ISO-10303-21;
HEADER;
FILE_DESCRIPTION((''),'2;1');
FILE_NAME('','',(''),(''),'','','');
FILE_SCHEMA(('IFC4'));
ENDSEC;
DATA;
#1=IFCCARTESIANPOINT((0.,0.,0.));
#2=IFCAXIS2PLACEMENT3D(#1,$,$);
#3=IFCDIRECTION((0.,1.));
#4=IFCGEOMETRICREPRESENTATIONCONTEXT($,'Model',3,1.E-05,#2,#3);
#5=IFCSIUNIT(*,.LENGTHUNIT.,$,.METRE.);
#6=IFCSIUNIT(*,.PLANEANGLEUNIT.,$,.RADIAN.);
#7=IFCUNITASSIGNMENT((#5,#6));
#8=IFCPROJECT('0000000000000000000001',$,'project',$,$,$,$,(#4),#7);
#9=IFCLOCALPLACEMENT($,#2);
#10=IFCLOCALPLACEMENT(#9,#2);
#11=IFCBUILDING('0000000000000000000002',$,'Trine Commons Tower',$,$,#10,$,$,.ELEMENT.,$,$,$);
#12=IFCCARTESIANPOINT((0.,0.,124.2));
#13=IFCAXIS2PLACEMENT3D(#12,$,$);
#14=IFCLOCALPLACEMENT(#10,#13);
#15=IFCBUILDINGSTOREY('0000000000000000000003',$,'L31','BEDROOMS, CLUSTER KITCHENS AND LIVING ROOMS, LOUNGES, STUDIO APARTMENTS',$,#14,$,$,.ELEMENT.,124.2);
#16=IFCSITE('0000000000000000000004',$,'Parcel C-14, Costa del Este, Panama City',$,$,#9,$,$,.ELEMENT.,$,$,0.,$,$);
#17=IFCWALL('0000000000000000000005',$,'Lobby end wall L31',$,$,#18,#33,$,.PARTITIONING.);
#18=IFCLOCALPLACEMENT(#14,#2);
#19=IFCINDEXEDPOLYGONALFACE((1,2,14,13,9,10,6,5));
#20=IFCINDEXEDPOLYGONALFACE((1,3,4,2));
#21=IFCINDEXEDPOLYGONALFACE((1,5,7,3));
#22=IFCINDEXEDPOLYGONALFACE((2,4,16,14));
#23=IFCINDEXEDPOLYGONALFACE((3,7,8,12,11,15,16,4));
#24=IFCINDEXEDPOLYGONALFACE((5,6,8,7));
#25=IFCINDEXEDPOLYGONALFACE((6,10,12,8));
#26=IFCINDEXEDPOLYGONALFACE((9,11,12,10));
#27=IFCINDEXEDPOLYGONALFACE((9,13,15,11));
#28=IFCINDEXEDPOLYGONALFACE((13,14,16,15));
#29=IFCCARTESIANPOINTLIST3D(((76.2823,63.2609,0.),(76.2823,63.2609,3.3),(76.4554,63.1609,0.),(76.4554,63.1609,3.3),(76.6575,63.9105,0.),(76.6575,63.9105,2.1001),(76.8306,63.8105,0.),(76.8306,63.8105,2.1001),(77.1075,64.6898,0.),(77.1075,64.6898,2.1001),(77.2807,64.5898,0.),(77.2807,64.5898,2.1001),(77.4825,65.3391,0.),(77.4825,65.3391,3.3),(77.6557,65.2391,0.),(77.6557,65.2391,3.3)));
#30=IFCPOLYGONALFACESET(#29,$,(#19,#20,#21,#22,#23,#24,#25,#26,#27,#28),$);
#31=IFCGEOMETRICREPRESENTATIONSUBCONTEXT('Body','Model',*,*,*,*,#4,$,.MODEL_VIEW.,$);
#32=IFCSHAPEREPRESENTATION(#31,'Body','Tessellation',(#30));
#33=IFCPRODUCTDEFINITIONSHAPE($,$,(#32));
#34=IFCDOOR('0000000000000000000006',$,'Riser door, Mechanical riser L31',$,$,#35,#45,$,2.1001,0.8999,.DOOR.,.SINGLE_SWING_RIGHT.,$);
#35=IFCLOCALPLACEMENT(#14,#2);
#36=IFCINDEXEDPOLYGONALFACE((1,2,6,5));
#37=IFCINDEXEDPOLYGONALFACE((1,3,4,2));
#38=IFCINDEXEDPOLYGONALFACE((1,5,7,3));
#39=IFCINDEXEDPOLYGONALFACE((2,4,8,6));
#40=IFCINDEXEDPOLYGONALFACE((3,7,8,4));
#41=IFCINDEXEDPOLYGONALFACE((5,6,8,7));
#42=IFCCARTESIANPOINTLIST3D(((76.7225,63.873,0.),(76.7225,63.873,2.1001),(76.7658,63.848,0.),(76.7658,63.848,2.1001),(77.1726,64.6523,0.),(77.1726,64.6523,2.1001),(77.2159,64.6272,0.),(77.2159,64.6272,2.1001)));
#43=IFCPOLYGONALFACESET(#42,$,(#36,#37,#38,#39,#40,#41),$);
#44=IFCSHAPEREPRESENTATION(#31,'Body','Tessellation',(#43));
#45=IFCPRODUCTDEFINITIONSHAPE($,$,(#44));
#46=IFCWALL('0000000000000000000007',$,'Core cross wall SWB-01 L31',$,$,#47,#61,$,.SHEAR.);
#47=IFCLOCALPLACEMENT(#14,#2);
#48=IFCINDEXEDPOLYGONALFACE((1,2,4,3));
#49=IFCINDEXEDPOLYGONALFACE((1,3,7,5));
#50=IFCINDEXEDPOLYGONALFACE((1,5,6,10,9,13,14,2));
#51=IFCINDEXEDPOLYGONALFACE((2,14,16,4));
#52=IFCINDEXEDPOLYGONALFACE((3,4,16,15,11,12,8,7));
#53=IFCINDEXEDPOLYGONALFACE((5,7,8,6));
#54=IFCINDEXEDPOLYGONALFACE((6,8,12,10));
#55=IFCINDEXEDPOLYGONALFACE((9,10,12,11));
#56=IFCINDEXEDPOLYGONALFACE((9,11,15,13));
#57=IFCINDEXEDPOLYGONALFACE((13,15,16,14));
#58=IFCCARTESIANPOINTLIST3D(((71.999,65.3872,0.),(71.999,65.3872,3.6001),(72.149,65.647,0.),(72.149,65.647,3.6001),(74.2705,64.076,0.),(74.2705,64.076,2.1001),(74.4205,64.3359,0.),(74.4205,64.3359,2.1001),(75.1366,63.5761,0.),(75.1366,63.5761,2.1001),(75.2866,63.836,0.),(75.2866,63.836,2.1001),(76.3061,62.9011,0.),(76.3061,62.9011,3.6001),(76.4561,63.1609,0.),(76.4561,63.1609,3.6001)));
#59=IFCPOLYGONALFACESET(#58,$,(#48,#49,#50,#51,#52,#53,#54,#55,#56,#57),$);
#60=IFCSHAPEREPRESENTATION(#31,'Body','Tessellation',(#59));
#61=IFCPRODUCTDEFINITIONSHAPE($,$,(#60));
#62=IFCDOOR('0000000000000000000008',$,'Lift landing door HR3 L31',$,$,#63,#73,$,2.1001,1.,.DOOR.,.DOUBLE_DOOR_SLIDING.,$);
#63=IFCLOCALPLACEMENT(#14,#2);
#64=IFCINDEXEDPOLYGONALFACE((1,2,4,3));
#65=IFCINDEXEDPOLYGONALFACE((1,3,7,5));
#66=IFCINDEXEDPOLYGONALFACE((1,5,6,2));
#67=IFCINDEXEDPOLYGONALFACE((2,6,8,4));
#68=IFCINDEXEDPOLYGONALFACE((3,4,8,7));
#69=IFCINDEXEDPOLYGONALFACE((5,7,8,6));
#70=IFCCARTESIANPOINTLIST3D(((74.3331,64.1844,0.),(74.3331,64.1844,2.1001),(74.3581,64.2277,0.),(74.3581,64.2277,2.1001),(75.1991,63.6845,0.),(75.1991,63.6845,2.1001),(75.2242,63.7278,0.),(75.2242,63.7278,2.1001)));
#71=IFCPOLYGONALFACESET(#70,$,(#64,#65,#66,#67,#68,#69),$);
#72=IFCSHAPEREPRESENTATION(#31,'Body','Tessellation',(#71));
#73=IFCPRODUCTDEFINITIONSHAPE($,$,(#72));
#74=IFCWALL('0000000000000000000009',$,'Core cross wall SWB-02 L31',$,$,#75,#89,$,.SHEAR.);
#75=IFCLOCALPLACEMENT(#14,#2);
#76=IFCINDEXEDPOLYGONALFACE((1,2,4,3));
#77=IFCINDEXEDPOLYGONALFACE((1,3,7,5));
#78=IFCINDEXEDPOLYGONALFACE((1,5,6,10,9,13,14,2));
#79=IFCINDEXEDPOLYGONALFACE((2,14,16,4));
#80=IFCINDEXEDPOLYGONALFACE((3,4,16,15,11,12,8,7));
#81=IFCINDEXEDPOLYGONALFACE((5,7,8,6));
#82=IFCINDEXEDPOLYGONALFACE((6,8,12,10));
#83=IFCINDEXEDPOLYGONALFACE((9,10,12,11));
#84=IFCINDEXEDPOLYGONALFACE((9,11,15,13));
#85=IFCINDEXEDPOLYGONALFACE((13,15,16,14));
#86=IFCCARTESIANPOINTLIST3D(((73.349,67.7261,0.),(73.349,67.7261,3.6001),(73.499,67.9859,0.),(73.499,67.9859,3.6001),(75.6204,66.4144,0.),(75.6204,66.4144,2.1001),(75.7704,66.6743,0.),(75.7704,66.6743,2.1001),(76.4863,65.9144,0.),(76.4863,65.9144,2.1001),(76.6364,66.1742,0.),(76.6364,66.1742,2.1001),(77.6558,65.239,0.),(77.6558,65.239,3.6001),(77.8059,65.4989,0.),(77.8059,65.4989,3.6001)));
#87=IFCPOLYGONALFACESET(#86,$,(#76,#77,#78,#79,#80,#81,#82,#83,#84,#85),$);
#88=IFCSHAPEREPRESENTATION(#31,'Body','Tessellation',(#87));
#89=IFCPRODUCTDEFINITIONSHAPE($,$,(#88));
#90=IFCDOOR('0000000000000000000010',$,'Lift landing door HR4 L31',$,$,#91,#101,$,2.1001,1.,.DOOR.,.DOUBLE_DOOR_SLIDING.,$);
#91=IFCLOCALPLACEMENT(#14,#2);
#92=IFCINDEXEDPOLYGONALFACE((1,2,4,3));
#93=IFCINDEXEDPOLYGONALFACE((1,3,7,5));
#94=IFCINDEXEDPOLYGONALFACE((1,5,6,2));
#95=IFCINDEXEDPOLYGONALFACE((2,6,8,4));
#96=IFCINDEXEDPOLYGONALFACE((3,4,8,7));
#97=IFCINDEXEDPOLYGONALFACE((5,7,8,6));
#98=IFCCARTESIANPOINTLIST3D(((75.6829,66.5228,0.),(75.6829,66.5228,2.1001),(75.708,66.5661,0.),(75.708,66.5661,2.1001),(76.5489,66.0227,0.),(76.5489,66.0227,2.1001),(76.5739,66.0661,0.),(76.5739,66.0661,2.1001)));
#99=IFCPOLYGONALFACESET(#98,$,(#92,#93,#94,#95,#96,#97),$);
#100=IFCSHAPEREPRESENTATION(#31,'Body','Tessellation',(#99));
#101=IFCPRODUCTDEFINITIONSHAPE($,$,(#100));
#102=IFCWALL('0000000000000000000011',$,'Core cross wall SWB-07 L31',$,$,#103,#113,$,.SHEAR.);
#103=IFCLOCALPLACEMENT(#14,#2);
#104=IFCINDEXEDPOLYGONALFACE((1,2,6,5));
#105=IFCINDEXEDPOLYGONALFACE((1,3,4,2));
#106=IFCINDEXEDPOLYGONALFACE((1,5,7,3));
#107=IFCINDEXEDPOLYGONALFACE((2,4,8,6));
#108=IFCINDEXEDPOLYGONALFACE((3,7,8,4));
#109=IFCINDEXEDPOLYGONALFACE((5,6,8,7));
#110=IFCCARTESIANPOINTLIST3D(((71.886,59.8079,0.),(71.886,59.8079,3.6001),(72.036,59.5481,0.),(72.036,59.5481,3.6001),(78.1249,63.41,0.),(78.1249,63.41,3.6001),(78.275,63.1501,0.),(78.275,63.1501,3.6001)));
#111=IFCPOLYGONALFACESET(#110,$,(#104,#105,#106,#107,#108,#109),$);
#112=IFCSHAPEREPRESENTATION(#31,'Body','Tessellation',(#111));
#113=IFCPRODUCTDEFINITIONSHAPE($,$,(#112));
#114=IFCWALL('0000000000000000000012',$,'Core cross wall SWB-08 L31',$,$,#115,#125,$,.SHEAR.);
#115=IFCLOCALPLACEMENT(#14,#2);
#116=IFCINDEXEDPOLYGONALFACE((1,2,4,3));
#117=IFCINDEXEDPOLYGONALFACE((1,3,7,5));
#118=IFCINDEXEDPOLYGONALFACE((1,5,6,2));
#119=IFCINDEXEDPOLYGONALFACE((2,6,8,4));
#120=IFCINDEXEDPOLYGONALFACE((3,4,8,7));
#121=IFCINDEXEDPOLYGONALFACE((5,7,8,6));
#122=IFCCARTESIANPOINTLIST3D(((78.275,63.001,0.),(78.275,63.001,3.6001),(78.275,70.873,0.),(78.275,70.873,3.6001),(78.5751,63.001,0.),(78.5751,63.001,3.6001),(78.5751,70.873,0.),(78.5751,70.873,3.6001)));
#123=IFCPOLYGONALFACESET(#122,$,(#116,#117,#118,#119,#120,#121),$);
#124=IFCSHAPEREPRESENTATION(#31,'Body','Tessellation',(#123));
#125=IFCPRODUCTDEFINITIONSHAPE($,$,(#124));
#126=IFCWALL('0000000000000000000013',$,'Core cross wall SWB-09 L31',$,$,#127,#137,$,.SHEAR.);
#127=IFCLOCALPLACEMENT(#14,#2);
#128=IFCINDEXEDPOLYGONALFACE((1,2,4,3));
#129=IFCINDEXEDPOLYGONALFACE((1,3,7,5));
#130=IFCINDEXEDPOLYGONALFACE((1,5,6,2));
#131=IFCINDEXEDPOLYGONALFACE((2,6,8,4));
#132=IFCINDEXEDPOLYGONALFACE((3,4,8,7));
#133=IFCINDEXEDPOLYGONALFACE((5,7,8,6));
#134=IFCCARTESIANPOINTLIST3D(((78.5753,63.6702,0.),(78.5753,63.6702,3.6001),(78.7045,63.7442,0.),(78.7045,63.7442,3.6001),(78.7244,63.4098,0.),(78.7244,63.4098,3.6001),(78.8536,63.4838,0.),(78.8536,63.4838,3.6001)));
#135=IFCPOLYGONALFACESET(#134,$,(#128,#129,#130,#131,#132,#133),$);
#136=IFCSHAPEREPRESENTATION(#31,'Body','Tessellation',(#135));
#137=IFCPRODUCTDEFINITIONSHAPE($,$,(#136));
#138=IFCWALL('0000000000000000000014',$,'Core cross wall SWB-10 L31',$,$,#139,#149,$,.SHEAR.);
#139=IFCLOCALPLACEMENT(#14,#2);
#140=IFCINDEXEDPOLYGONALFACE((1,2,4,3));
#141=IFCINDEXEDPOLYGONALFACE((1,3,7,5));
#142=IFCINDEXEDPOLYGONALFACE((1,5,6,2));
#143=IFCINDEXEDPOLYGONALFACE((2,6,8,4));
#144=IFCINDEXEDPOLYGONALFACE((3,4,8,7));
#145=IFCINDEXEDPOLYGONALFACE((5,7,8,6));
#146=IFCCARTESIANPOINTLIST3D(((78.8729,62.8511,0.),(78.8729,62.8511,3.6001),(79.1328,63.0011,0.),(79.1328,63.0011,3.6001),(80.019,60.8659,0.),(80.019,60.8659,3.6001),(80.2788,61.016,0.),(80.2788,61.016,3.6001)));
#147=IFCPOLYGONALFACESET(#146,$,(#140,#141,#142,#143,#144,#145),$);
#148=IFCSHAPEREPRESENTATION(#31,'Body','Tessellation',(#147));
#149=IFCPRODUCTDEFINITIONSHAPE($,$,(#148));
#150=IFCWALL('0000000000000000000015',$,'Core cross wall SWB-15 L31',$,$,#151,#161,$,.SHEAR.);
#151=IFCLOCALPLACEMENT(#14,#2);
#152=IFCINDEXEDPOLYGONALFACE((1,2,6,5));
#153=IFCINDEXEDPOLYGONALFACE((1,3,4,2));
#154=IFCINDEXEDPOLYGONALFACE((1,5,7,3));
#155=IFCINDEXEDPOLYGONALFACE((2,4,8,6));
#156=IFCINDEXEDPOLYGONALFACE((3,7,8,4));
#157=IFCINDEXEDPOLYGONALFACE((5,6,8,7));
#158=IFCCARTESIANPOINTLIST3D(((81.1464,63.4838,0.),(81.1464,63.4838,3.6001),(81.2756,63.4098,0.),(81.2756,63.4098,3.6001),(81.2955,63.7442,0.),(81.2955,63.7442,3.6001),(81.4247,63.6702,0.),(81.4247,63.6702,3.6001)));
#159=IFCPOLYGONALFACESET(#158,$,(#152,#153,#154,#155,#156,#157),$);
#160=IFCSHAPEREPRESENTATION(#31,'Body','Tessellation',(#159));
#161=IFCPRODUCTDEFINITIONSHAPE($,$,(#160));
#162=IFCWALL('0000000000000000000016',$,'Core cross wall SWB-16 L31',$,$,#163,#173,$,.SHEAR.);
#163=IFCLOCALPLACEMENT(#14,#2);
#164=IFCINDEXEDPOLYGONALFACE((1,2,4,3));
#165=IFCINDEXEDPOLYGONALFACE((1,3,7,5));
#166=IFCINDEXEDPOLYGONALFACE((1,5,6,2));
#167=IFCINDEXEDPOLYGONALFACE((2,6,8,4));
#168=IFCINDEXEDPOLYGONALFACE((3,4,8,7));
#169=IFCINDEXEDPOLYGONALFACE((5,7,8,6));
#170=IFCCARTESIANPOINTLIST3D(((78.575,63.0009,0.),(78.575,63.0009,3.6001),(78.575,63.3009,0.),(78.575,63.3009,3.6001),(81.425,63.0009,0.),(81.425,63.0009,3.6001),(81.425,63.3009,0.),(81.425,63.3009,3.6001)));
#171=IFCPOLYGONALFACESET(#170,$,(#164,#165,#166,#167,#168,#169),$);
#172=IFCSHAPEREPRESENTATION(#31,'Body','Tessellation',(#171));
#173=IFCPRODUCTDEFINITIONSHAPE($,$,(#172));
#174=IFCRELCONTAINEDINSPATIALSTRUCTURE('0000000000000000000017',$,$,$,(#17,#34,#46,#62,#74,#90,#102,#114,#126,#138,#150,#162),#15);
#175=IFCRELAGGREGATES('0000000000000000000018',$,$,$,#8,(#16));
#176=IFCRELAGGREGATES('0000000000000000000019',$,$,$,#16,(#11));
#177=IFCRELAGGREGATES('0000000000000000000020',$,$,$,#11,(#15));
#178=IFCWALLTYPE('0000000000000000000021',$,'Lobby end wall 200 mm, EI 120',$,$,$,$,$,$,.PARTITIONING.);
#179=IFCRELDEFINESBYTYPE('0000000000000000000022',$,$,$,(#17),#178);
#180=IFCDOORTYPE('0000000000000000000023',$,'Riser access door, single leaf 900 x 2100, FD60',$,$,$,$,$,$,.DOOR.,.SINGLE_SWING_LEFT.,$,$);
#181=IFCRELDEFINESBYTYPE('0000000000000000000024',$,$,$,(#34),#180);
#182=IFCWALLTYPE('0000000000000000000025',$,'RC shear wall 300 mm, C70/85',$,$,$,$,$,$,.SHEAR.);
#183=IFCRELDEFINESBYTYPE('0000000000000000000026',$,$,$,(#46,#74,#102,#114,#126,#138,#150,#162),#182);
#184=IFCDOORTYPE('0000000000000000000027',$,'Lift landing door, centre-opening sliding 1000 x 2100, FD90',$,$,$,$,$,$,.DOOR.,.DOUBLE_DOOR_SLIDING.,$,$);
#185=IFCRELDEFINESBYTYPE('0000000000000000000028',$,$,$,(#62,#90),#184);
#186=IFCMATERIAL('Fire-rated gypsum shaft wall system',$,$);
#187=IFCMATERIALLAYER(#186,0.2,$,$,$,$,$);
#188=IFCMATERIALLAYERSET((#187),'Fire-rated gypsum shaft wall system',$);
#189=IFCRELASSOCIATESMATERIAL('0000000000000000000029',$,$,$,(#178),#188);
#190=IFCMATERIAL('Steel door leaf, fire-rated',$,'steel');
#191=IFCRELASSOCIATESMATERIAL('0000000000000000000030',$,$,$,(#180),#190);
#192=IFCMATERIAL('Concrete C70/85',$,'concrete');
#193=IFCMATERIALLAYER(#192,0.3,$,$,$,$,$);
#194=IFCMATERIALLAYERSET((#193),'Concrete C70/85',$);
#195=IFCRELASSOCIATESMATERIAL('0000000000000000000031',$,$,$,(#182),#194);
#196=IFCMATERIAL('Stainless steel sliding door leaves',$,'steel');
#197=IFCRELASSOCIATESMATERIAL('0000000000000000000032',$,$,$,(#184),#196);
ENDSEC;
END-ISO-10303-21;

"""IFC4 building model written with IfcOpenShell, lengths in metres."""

from ifc_helpers import new_model, si_unit, direction, frame, frame_2d, origin, place, context, subcontext, project, spatial, rectangle, extrude, material, layer, layer_set, type_object, element, fill, save


model = new_model("IFC4")

# Units and contexts
model_context = context("Model", 3, precision=1e-05, world=origin(), true_north=direction((0.0, 1.0)))
body_context = subcontext(model_context, "Body", "Model", "MODEL_VIEW")
ifc_project = project(units=[si_unit("LENGTHUNIT", "METRE"), si_unit("PLANEANGLEUNIT", "RADIAN")], contexts=[model_context])

# Site, building, storey
site_placement = place(None, origin())
site = spatial("IfcSite", under=ifc_project, at=site_placement, Name="Parcel C-14, Costa del Este, Panama City", CompositionType="ELEMENT", RefElevation=0.0)
building_placement = place(site_placement, origin())
building = spatial("IfcBuilding", under=site, at=building_placement, Name="Trine Commons Tower", CompositionType="ELEMENT")
storey_placement = place(building_placement, frame((0.0, 0.0, 124.2)))
storey = spatial("IfcBuildingStorey", under=building, at=storey_placement, Name="L31", Description="BEDROOMS, CLUSTER KITCHENS AND LIVING ROOMS, LOUNGES, STUDIO APARTMENTS", CompositionType="ELEMENT", Elevation=124.2)

# Walls, openings, doors
ifc_material_1 = material(Name="Fire-rated gypsum shaft wall system")
ifc_layer_1 = layer(ifc_material_1, 0.2)
ifc_layer_set_1 = layer_set([ifc_layer_1], Name="Fire-rated gypsum shaft wall system")
wall_type_1 = type_object("IfcWallType", Name="Lobby end wall 200 mm, EI 120", PredefinedType="PARTITIONING", material=ifc_layer_set_1)
wall_1_placement = place(storey_placement, frame((77.5691, 65.2891, 0.0), z_axis=(0.0, 0.0, 1.0), x_axis=(-0.500122, -0.865955, 0.0)))
wall_1 = element("IfcWall", 1, at=wall_1_placement, inside=storey, type_object=wall_type_1, Name="Lobby end wall L31", PredefinedType="PARTITIONING", context=body_context, shape_type="SweptSolid", body=[
    extrude(rectangle(XDim=2.3999, YDim=0.2, at=frame_2d((1.2, 0.0))), origin(), (0.0, 0.0, 1.0), 3.3),
])
opening_1_placement = place(wall_1_placement, frame((0.7498, 0.0, 0.0)))
opening_1 = element("IfcOpeningElement", 2, at=opening_1_placement, cuts=wall_1, PredefinedType="OPENING", context=body_context, shape_type="SweptSolid", body=[
    extrude(rectangle(XDim=0.8999, YDim=2.1001, at=frame_2d((0.45, 1.05))), frame((0.0, 0.1099, 0.0), z_axis=(0.0, -1.0, 0.0), x_axis=(1.0, 0.0, 0.0)), (0.0, 0.0, 1.0), 0.22),
])
ifc_material_2 = material(Name="Steel door leaf, fire-rated", Category="steel")
door_type_1 = type_object("IfcDoorType", Name="Riser access door, single leaf 900 x 2100, FD60", OperationType="SINGLE_SWING_LEFT", PredefinedType="DOOR", material=ifc_material_2)
door_1_placement = place(opening_1_placement, frame((0.8999, 0.0, 0.0), z_axis=(0.0, 0.0, 1.0), x_axis=(-1.0, 0.0, 0.0)))
door_1 = element("IfcDoor", 3, at=door_1_placement, inside=storey, type_object=door_type_1, Name="Riser door, Mechanical riser L31", OperationType="SINGLE_SWING_RIGHT", OverallHeight=2.1001, OverallWidth=0.8999, PredefinedType="DOOR", context=body_context, shape_type="SweptSolid", body=[
    extrude(rectangle(XDim=0.8999, YDim=2.1001, at=frame_2d((0.45, 1.05))), frame((0.0, 0.0249, 0.0), z_axis=(0.0, -1.0, 0.0), x_axis=(1.0, 0.0, 0.0)), (0.0, 0.0, 1.0), 0.05),
])
fill(opening_1, door_1)
ifc_material_3 = material(Name="Concrete C70/85", Category="concrete")
ifc_layer_2 = layer(ifc_material_3, 0.3)
ifc_layer_set_2 = layer_set([ifc_layer_2], Name="Concrete C70/85")
wall_type_2 = type_object("IfcWallType", Name="RC shear wall 300 mm, C70/85", PredefinedType="SHEAR", material=ifc_layer_set_2)
wall_2_placement = place(storey_placement, frame((76.3811, 63.031, 0.0), z_axis=(0.0, 0.0, 1.0), x_axis=(-0.866081, 0.499904, 0.0)))
wall_2 = element("IfcWall", 4, at=wall_2_placement, inside=storey, type_object=wall_type_2, Name="Core cross wall SWB-01 L31", PredefinedType="SHEAR", context=body_context, shape_type="SweptSolid", body=[
    extrude(rectangle(XDim=4.9731, YDim=0.3, at=frame_2d((2.4866, 0.0))), origin(), (0.0, 0.0, 1.0), 3.6001),
])
opening_2_placement = place(wall_2_placement, frame((1.3503, 0.0, 0.0)))
opening_2 = element("IfcOpeningElement", 5, at=opening_2_placement, cuts=wall_2, PredefinedType="OPENING", context=body_context, shape_type="SweptSolid", body=[
    extrude(rectangle(XDim=1.0, YDim=2.1001, at=frame_2d((0.5, 1.05))), frame((0.0, 0.1599, 0.0), z_axis=(0.0, -1.0, 0.0), x_axis=(1.0, 0.0, 0.0)), (0.0, 0.0, 1.0), 0.3201),
])
ifc_material_4 = material(Name="Stainless steel sliding door leaves", Category="steel")
door_type_2 = type_object("IfcDoorType", Name="Lift landing door, centre-opening sliding 1000 x 2100, FD90", OperationType="DOUBLE_DOOR_SLIDING", PredefinedType="DOOR", material=ifc_material_4)
door_2_placement = place(opening_2_placement, origin())
door_2 = element("IfcDoor", 6, at=door_2_placement, inside=storey, type_object=door_type_2, Name="Lift landing door HR3 L31", OperationType="DOUBLE_DOOR_SLIDING", OverallHeight=2.1001, OverallWidth=1.0, PredefinedType="DOOR", context=body_context, shape_type="SweptSolid", body=[
    extrude(rectangle(XDim=1.0, YDim=2.1001, at=frame_2d((0.5, 1.05))), frame((0.0, 0.0249, 0.0), z_axis=(0.0, -1.0, 0.0), x_axis=(1.0, 0.0, 0.0)), (0.0, 0.0, 1.0), 0.05),
])
fill(opening_2, door_2)
wall_3_placement = place(storey_placement, frame((77.731, 65.3689, 0.0), z_axis=(0.0, 0.0, 1.0), x_axis=(-0.865984, 0.500072, 0.0)))
wall_3 = element("IfcWall", 7, at=wall_3_placement, inside=storey, type_object=wall_type_2, Name="Core cross wall SWB-02 L31", PredefinedType="SHEAR", context=body_context, shape_type="SweptSolid", body=[
    extrude(rectangle(XDim=4.9734, YDim=0.3, at=frame_2d((2.4868, 0.0))), origin(), (0.0, 0.0, 1.0), 3.6001),
])
opening_3_placement = place(wall_3_placement, frame((1.3506, 0.0, 0.0)))
opening_3 = element("IfcOpeningElement", 8, at=opening_3_placement, cuts=wall_3, PredefinedType="OPENING", context=body_context, shape_type="SweptSolid", body=[
    extrude(rectangle(XDim=1.0, YDim=2.1001, at=frame_2d((0.5, 1.05))), frame((0.0, 0.1599, 0.0), z_axis=(0.0, -1.0, 0.0), x_axis=(1.0, 0.0, 0.0)), (0.0, 0.0, 1.0), 0.3201),
])
door_3_placement = place(opening_3_placement, origin())
door_3 = element("IfcDoor", 9, at=door_3_placement, inside=storey, type_object=door_type_2, Name="Lift landing door HR4 L31", OperationType="DOUBLE_DOOR_SLIDING", OverallHeight=2.1001, OverallWidth=1.0, PredefinedType="DOOR", context=body_context, shape_type="SweptSolid", body=[
    extrude(rectangle(XDim=1.0, YDim=2.1001, at=frame_2d((0.5, 1.05))), frame((0.0, 0.0249, 0.0), z_axis=(0.0, -1.0, 0.0), x_axis=(1.0, 0.0, 0.0)), (0.0, 0.0, 1.0), 0.05),
])
fill(opening_3, door_3)

# Walls
wall_4_placement = place(storey_placement, frame((78.2, 63.28, 0.0), z_axis=(0.0, 0.0, 1.0), x_axis=(-0.866028, -0.499995, 0.0)))
element("IfcWall", 10, at=wall_4_placement, inside=storey, type_object=wall_type_2, Name="Core cross wall SWB-07 L31", PredefinedType="SHEAR", context=body_context, shape_type="SweptSolid", body=[
    extrude(rectangle(XDim=7.2041, YDim=0.3, at=frame_2d((3.6021, 0.0))), origin(), (0.0, 0.0, 1.0), 3.6001),
])
wall_5_placement = place(storey_placement, frame((78.425, 63.001, 0.0), z_axis=(0.0, 0.0, 1.0), x_axis=(0.0, 1.0, 0.0)))
element("IfcWall", 11, at=wall_5_placement, inside=storey, type_object=wall_type_2, Name="Core cross wall SWB-08 L31", PredefinedType="SHEAR", context=body_context, shape_type="SweptSolid", body=[
    extrude(rectangle(XDim=7.8721, YDim=0.3, at=frame_2d((3.936, 0.0))), origin(), (0.0, 0.0, 1.0), 3.6001),
])
wall_6_placement = place(storey_placement, frame((78.7791, 63.614, 0.0), z_axis=(0.0, 0.0, 1.0), x_axis=(-0.867738, -0.497022, 0.0)))
element("IfcWall", 12, at=wall_6_placement, inside=storey, type_object=wall_type_2, Name="Core cross wall SWB-09 L31", PredefinedType="SHEAR", context=body_context, shape_type="SweptSolid", body=[
    extrude(rectangle(XDim=0.1489, YDim=0.3, at=frame_2d((0.0745, 0.0))), origin(), (0.0, 0.0, 1.0), 3.6001),
])
wall_7_placement = place(storey_placement, frame((79.0029, 62.926, 0.0), z_axis=(0.0, 0.0, 1.0), x_axis=(0.499965, -0.866045, 0.0)))
element("IfcWall", 13, at=wall_7_placement, inside=storey, type_object=wall_type_2, Name="Core cross wall SWB-10 L31", PredefinedType="SHEAR", context=body_context, shape_type="SweptSolid", body=[
    extrude(rectangle(XDim=2.2922, YDim=0.3, at=frame_2d((1.146, 0.0))), origin(), (0.0, 0.0, 1.0), 3.6001),
])
wall_8_placement = place(storey_placement, frame((81.2209, 63.614, 0.0), z_axis=(0.0, 0.0, 1.0), x_axis=(0.867738, -0.497022, 0.0)))
element("IfcWall", 14, at=wall_8_placement, inside=storey, type_object=wall_type_2, Name="Core cross wall SWB-15 L31", PredefinedType="SHEAR", context=body_context, shape_type="SweptSolid", body=[
    extrude(rectangle(XDim=0.1489, YDim=0.3, at=frame_2d((0.0745, 0.0))), origin(), (0.0, 0.0, 1.0), 3.6001),
])
wall_9_placement = place(storey_placement, frame((81.425, 63.1509, 0.0), z_axis=(0.0, 0.0, 1.0), x_axis=(-1.0, 0.0, 0.0)))
element("IfcWall", 15, at=wall_9_placement, inside=storey, type_object=wall_type_2, Name="Core cross wall SWB-16 L31", PredefinedType="SHEAR", context=body_context, shape_type="SweptSolid", body=[
    extrude(rectangle(XDim=2.8501, YDim=0.3, at=frame_2d((1.425, 0.0))), origin(), (0.0, 0.0, 1.0), 3.6001),
])

save(model, "model.ifc")
